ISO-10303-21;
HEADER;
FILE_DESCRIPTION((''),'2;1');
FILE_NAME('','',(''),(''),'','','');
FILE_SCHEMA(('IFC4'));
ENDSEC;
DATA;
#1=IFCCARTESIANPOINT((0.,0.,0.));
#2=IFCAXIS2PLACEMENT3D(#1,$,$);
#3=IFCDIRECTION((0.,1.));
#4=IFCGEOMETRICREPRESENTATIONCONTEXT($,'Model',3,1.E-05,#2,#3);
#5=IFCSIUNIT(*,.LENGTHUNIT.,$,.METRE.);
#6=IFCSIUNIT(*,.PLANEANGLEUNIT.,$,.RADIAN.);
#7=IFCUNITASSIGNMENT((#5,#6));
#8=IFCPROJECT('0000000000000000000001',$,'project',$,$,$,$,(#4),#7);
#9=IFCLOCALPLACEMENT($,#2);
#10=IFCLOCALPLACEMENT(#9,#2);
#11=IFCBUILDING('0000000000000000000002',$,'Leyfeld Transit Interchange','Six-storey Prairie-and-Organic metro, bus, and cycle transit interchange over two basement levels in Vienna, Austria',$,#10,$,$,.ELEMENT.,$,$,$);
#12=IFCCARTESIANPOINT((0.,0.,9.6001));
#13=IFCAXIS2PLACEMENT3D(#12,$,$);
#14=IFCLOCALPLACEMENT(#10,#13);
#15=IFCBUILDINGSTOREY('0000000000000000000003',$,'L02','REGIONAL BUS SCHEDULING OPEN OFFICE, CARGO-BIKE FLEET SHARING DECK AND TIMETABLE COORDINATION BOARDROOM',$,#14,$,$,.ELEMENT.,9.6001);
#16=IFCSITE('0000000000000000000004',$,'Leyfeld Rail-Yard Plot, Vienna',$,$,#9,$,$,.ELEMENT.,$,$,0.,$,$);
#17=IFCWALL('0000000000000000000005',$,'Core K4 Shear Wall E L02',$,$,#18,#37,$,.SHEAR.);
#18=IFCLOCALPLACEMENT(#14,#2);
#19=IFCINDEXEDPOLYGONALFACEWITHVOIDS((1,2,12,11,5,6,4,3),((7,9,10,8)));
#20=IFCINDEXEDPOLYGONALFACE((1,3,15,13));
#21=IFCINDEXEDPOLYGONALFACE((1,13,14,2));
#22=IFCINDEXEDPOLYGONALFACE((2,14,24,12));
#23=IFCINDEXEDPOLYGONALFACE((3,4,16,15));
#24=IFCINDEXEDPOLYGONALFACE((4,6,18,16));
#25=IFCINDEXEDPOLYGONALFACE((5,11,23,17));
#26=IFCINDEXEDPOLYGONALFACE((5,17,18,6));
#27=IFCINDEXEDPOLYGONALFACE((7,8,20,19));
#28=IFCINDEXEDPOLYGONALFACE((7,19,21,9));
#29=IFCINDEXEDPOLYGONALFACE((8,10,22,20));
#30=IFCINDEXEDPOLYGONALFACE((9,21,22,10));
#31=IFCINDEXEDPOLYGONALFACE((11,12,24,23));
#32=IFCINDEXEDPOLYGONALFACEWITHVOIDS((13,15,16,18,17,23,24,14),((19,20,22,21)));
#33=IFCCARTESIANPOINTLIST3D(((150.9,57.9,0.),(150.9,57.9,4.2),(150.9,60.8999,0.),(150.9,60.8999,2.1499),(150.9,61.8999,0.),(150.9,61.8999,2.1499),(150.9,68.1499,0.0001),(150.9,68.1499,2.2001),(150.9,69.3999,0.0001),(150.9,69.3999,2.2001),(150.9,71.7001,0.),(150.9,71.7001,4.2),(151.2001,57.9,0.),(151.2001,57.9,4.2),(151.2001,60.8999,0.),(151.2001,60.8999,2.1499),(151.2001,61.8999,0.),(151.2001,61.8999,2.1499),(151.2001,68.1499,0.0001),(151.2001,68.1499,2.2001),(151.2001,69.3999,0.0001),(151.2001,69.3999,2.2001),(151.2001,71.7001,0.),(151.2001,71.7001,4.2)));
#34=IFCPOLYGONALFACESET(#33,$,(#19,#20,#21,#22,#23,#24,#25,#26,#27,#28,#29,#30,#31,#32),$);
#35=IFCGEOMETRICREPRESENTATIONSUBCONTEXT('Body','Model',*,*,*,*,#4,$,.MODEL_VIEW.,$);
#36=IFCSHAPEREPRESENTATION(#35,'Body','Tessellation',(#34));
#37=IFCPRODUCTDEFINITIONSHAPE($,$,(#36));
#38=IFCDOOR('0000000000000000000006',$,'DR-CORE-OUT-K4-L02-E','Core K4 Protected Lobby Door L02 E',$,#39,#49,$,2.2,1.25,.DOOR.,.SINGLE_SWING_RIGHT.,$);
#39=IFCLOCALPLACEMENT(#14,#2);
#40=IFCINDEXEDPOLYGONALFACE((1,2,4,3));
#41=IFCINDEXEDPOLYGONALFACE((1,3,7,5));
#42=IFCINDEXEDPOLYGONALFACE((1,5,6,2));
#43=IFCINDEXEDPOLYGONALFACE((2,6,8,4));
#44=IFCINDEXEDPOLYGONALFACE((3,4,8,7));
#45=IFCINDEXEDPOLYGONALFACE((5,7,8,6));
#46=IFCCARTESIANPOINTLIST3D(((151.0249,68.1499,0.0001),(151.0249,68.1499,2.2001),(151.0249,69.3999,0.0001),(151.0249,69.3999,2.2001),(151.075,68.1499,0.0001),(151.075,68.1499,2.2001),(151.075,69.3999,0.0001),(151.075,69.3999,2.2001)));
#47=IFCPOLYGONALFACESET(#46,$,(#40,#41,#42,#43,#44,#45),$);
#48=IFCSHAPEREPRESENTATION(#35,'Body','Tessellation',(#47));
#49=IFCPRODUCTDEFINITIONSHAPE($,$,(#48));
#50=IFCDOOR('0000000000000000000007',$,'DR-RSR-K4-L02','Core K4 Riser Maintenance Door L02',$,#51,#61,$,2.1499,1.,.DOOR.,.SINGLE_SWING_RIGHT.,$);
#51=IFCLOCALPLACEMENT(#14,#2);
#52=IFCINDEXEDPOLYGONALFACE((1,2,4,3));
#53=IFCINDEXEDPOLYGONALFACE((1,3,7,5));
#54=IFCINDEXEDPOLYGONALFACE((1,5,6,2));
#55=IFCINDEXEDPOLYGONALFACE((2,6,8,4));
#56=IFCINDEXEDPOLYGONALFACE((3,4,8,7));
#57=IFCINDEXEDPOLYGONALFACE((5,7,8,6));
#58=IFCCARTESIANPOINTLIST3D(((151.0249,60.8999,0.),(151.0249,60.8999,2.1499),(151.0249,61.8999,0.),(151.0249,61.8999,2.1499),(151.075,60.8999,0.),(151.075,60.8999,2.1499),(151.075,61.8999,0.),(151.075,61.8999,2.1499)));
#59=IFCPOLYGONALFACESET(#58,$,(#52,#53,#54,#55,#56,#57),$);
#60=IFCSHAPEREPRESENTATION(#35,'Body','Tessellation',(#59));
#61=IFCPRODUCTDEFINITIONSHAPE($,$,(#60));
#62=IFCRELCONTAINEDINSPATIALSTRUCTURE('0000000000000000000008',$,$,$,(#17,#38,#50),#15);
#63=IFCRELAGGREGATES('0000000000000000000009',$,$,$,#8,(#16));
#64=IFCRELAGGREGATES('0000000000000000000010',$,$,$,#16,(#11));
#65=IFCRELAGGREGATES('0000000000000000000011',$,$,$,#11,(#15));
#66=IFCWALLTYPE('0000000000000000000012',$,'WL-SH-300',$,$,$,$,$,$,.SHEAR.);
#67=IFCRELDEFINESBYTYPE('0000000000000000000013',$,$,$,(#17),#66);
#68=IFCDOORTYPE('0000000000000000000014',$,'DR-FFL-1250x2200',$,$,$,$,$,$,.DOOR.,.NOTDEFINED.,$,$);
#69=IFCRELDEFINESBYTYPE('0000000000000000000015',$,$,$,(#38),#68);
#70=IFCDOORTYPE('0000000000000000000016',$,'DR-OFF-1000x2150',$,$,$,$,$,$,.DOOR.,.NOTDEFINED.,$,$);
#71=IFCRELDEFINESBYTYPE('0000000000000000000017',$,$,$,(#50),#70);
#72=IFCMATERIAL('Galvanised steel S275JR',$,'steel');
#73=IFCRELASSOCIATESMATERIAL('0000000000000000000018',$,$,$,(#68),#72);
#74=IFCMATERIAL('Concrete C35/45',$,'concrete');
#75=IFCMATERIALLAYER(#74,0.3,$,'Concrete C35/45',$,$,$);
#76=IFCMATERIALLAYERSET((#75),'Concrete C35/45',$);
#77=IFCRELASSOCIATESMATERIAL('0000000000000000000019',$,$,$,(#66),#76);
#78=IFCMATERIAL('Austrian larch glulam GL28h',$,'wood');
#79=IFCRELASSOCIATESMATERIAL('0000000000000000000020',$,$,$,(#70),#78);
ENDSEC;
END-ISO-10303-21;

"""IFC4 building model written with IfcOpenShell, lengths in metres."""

from ifc_helpers import new_model, si_unit, direction, frame, frame_2d, origin, place, context, subcontext, project, spatial, rectangle, extrude, material, layer, layer_set, type_object, element, fill, save


model = new_model("IFC4")

# Units and contexts
model_context = context("Model", 3, precision=1e-05, world=origin(), true_north=direction((0.0, 1.0)))
body_context = subcontext(model_context, "Body", "Model", "MODEL_VIEW")
ifc_project = project(units=[si_unit("LENGTHUNIT", "METRE"), si_unit("PLANEANGLEUNIT", "RADIAN")], contexts=[model_context])

# Site, building, storey
site_placement = place(None, origin())
site = spatial("IfcSite", under=ifc_project, at=site_placement, Name="Leyfeld Rail-Yard Plot, Vienna", CompositionType="ELEMENT", RefElevation=0.0)
building_placement = place(site_placement, origin())
building = spatial("IfcBuilding", under=site, at=building_placement, Name="Leyfeld Transit Interchange", Description="Six-storey Prairie-and-Organic metro, bus, and cycle transit interchange over two basement levels in Vienna, Austria", CompositionType="ELEMENT")
storey_placement = place(building_placement, frame((0.0, 0.0, 9.6001)))
storey = spatial("IfcBuildingStorey", under=building, at=storey_placement, Name="L02", Description="REGIONAL BUS SCHEDULING OPEN OFFICE, CARGO-BIKE FLEET SHARING DECK AND TIMETABLE COORDINATION BOARDROOM", CompositionType="ELEMENT", Elevation=9.6001)

# Shared definitions
ifc_material_1 = material(Name="Concrete C35/45", Category="concrete")

# Shared definitions
ifc_material_2 = material(Name="Austrian larch glulam GL28h", Category="wood")
ifc_material_3 = material(Name="Galvanised steel S275JR", Category="steel")
door_type_1 = type_object("IfcDoorType", Name="DR-FFL-1250x2200", OperationType="NOTDEFINED", PredefinedType="DOOR", material=ifc_material_3)

# Wall, openings, doors
ifc_layer_1 = layer(ifc_material_1, 0.3, Name="Concrete C35/45")
ifc_layer_set_1 = layer_set([ifc_layer_1], Name="Concrete C35/45")
wall_type_1 = type_object("IfcWallType", Name="WL-SH-300", PredefinedType="SHEAR", material=ifc_layer_set_1)
wall_1_placement = place(storey_placement, frame((151.05, 71.7, 0.0), z_axis=(0.0, 0.0, 1.0), x_axis=(0.0, -1.0, 0.0)))
wall_1 = element("IfcWall", 1, at=wall_1_placement, inside=storey, type_object=wall_type_1, Name="Core K4 Shear Wall E L02", PredefinedType="SHEAR", context=body_context, shape_type="SweptSolid", body=[
    extrude(rectangle(XDim=13.8, YDim=0.3, at=frame_2d((6.8999, 0.0))), origin(), (0.0, 0.0, 1.0), 4.2),
])
opening_1_placement = place(wall_1_placement, frame((9.8, 0.0, 0.0)))
opening_1 = element("IfcOpeningElement", 2, at=opening_1_placement, cuts=wall_1, PredefinedType="OPENING", context=body_context, shape_type="SweptSolid", body=[
    extrude(rectangle(XDim=1.0, YDim=2.1499, at=frame_2d((0.5, 1.075))), frame((0.0, 0.1599, 0.0), z_axis=(0.0, -1.0, 0.0), x_axis=(1.0, 0.0, 0.0)), (0.0, 0.0, 1.0), 0.3201),
])
opening_2_placement = place(wall_1_placement, frame((2.3, 0.0, 0.0)))
opening_2 = element("IfcOpeningElement", 3, at=opening_2_placement, cuts=wall_1, PredefinedType="OPENING", context=body_context, shape_type="SweptSolid", body=[
    extrude(rectangle(XDim=1.25, YDim=2.2, at=frame_2d((0.625, 1.1001))), frame((0.0, 0.1599, 0.0), z_axis=(0.0, -1.0, 0.0), x_axis=(1.0, 0.0, 0.0)), (0.0, 0.0, 1.0), 0.3201),
])
door_1_placement = place(opening_2_placement, origin())
door_1 = element("IfcDoor", 4, at=door_1_placement, inside=storey, type_object=door_type_1, Name="DR-CORE-OUT-K4-L02-E", Description="Core K4 Protected Lobby Door L02 E", OperationType="SINGLE_SWING_RIGHT", OverallHeight=2.2, OverallWidth=1.25, PredefinedType="DOOR", context=body_context, shape_type="SweptSolid", body=[
    extrude(rectangle(XDim=1.25, YDim=2.2, at=frame_2d((0.625, 1.1001))), frame((0.0, 0.0249, 0.0), z_axis=(0.0, -1.0, 0.0), x_axis=(1.0, 0.0, 0.0)), (0.0, 0.0, 1.0), 0.05),
])
fill(opening_2, door_1)
door_type_2 = type_object("IfcDoorType", Name="DR-OFF-1000x2150", OperationType="NOTDEFINED", PredefinedType="DOOR", material=ifc_material_2)
door_2_placement = place(opening_1_placement, origin())
door_2 = element("IfcDoor", 5, at=door_2_placement, inside=storey, type_object=door_type_2, Name="DR-RSR-K4-L02", Description="Core K4 Riser Maintenance Door L02", OperationType="SINGLE_SWING_RIGHT", OverallHeight=2.1499, OverallWidth=1.0, PredefinedType="DOOR", context=body_context, shape_type="SweptSolid", body=[
    extrude(rectangle(XDim=1.0, YDim=2.1499, at=frame_2d((0.5, 1.075))), frame((0.0, 0.0249, 0.0), z_axis=(0.0, -1.0, 0.0), x_axis=(1.0, 0.0, 0.0)), (0.0, 0.0, 1.0), 0.05),
])
fill(opening_1, door_2)

save(model, "model.ifc")
